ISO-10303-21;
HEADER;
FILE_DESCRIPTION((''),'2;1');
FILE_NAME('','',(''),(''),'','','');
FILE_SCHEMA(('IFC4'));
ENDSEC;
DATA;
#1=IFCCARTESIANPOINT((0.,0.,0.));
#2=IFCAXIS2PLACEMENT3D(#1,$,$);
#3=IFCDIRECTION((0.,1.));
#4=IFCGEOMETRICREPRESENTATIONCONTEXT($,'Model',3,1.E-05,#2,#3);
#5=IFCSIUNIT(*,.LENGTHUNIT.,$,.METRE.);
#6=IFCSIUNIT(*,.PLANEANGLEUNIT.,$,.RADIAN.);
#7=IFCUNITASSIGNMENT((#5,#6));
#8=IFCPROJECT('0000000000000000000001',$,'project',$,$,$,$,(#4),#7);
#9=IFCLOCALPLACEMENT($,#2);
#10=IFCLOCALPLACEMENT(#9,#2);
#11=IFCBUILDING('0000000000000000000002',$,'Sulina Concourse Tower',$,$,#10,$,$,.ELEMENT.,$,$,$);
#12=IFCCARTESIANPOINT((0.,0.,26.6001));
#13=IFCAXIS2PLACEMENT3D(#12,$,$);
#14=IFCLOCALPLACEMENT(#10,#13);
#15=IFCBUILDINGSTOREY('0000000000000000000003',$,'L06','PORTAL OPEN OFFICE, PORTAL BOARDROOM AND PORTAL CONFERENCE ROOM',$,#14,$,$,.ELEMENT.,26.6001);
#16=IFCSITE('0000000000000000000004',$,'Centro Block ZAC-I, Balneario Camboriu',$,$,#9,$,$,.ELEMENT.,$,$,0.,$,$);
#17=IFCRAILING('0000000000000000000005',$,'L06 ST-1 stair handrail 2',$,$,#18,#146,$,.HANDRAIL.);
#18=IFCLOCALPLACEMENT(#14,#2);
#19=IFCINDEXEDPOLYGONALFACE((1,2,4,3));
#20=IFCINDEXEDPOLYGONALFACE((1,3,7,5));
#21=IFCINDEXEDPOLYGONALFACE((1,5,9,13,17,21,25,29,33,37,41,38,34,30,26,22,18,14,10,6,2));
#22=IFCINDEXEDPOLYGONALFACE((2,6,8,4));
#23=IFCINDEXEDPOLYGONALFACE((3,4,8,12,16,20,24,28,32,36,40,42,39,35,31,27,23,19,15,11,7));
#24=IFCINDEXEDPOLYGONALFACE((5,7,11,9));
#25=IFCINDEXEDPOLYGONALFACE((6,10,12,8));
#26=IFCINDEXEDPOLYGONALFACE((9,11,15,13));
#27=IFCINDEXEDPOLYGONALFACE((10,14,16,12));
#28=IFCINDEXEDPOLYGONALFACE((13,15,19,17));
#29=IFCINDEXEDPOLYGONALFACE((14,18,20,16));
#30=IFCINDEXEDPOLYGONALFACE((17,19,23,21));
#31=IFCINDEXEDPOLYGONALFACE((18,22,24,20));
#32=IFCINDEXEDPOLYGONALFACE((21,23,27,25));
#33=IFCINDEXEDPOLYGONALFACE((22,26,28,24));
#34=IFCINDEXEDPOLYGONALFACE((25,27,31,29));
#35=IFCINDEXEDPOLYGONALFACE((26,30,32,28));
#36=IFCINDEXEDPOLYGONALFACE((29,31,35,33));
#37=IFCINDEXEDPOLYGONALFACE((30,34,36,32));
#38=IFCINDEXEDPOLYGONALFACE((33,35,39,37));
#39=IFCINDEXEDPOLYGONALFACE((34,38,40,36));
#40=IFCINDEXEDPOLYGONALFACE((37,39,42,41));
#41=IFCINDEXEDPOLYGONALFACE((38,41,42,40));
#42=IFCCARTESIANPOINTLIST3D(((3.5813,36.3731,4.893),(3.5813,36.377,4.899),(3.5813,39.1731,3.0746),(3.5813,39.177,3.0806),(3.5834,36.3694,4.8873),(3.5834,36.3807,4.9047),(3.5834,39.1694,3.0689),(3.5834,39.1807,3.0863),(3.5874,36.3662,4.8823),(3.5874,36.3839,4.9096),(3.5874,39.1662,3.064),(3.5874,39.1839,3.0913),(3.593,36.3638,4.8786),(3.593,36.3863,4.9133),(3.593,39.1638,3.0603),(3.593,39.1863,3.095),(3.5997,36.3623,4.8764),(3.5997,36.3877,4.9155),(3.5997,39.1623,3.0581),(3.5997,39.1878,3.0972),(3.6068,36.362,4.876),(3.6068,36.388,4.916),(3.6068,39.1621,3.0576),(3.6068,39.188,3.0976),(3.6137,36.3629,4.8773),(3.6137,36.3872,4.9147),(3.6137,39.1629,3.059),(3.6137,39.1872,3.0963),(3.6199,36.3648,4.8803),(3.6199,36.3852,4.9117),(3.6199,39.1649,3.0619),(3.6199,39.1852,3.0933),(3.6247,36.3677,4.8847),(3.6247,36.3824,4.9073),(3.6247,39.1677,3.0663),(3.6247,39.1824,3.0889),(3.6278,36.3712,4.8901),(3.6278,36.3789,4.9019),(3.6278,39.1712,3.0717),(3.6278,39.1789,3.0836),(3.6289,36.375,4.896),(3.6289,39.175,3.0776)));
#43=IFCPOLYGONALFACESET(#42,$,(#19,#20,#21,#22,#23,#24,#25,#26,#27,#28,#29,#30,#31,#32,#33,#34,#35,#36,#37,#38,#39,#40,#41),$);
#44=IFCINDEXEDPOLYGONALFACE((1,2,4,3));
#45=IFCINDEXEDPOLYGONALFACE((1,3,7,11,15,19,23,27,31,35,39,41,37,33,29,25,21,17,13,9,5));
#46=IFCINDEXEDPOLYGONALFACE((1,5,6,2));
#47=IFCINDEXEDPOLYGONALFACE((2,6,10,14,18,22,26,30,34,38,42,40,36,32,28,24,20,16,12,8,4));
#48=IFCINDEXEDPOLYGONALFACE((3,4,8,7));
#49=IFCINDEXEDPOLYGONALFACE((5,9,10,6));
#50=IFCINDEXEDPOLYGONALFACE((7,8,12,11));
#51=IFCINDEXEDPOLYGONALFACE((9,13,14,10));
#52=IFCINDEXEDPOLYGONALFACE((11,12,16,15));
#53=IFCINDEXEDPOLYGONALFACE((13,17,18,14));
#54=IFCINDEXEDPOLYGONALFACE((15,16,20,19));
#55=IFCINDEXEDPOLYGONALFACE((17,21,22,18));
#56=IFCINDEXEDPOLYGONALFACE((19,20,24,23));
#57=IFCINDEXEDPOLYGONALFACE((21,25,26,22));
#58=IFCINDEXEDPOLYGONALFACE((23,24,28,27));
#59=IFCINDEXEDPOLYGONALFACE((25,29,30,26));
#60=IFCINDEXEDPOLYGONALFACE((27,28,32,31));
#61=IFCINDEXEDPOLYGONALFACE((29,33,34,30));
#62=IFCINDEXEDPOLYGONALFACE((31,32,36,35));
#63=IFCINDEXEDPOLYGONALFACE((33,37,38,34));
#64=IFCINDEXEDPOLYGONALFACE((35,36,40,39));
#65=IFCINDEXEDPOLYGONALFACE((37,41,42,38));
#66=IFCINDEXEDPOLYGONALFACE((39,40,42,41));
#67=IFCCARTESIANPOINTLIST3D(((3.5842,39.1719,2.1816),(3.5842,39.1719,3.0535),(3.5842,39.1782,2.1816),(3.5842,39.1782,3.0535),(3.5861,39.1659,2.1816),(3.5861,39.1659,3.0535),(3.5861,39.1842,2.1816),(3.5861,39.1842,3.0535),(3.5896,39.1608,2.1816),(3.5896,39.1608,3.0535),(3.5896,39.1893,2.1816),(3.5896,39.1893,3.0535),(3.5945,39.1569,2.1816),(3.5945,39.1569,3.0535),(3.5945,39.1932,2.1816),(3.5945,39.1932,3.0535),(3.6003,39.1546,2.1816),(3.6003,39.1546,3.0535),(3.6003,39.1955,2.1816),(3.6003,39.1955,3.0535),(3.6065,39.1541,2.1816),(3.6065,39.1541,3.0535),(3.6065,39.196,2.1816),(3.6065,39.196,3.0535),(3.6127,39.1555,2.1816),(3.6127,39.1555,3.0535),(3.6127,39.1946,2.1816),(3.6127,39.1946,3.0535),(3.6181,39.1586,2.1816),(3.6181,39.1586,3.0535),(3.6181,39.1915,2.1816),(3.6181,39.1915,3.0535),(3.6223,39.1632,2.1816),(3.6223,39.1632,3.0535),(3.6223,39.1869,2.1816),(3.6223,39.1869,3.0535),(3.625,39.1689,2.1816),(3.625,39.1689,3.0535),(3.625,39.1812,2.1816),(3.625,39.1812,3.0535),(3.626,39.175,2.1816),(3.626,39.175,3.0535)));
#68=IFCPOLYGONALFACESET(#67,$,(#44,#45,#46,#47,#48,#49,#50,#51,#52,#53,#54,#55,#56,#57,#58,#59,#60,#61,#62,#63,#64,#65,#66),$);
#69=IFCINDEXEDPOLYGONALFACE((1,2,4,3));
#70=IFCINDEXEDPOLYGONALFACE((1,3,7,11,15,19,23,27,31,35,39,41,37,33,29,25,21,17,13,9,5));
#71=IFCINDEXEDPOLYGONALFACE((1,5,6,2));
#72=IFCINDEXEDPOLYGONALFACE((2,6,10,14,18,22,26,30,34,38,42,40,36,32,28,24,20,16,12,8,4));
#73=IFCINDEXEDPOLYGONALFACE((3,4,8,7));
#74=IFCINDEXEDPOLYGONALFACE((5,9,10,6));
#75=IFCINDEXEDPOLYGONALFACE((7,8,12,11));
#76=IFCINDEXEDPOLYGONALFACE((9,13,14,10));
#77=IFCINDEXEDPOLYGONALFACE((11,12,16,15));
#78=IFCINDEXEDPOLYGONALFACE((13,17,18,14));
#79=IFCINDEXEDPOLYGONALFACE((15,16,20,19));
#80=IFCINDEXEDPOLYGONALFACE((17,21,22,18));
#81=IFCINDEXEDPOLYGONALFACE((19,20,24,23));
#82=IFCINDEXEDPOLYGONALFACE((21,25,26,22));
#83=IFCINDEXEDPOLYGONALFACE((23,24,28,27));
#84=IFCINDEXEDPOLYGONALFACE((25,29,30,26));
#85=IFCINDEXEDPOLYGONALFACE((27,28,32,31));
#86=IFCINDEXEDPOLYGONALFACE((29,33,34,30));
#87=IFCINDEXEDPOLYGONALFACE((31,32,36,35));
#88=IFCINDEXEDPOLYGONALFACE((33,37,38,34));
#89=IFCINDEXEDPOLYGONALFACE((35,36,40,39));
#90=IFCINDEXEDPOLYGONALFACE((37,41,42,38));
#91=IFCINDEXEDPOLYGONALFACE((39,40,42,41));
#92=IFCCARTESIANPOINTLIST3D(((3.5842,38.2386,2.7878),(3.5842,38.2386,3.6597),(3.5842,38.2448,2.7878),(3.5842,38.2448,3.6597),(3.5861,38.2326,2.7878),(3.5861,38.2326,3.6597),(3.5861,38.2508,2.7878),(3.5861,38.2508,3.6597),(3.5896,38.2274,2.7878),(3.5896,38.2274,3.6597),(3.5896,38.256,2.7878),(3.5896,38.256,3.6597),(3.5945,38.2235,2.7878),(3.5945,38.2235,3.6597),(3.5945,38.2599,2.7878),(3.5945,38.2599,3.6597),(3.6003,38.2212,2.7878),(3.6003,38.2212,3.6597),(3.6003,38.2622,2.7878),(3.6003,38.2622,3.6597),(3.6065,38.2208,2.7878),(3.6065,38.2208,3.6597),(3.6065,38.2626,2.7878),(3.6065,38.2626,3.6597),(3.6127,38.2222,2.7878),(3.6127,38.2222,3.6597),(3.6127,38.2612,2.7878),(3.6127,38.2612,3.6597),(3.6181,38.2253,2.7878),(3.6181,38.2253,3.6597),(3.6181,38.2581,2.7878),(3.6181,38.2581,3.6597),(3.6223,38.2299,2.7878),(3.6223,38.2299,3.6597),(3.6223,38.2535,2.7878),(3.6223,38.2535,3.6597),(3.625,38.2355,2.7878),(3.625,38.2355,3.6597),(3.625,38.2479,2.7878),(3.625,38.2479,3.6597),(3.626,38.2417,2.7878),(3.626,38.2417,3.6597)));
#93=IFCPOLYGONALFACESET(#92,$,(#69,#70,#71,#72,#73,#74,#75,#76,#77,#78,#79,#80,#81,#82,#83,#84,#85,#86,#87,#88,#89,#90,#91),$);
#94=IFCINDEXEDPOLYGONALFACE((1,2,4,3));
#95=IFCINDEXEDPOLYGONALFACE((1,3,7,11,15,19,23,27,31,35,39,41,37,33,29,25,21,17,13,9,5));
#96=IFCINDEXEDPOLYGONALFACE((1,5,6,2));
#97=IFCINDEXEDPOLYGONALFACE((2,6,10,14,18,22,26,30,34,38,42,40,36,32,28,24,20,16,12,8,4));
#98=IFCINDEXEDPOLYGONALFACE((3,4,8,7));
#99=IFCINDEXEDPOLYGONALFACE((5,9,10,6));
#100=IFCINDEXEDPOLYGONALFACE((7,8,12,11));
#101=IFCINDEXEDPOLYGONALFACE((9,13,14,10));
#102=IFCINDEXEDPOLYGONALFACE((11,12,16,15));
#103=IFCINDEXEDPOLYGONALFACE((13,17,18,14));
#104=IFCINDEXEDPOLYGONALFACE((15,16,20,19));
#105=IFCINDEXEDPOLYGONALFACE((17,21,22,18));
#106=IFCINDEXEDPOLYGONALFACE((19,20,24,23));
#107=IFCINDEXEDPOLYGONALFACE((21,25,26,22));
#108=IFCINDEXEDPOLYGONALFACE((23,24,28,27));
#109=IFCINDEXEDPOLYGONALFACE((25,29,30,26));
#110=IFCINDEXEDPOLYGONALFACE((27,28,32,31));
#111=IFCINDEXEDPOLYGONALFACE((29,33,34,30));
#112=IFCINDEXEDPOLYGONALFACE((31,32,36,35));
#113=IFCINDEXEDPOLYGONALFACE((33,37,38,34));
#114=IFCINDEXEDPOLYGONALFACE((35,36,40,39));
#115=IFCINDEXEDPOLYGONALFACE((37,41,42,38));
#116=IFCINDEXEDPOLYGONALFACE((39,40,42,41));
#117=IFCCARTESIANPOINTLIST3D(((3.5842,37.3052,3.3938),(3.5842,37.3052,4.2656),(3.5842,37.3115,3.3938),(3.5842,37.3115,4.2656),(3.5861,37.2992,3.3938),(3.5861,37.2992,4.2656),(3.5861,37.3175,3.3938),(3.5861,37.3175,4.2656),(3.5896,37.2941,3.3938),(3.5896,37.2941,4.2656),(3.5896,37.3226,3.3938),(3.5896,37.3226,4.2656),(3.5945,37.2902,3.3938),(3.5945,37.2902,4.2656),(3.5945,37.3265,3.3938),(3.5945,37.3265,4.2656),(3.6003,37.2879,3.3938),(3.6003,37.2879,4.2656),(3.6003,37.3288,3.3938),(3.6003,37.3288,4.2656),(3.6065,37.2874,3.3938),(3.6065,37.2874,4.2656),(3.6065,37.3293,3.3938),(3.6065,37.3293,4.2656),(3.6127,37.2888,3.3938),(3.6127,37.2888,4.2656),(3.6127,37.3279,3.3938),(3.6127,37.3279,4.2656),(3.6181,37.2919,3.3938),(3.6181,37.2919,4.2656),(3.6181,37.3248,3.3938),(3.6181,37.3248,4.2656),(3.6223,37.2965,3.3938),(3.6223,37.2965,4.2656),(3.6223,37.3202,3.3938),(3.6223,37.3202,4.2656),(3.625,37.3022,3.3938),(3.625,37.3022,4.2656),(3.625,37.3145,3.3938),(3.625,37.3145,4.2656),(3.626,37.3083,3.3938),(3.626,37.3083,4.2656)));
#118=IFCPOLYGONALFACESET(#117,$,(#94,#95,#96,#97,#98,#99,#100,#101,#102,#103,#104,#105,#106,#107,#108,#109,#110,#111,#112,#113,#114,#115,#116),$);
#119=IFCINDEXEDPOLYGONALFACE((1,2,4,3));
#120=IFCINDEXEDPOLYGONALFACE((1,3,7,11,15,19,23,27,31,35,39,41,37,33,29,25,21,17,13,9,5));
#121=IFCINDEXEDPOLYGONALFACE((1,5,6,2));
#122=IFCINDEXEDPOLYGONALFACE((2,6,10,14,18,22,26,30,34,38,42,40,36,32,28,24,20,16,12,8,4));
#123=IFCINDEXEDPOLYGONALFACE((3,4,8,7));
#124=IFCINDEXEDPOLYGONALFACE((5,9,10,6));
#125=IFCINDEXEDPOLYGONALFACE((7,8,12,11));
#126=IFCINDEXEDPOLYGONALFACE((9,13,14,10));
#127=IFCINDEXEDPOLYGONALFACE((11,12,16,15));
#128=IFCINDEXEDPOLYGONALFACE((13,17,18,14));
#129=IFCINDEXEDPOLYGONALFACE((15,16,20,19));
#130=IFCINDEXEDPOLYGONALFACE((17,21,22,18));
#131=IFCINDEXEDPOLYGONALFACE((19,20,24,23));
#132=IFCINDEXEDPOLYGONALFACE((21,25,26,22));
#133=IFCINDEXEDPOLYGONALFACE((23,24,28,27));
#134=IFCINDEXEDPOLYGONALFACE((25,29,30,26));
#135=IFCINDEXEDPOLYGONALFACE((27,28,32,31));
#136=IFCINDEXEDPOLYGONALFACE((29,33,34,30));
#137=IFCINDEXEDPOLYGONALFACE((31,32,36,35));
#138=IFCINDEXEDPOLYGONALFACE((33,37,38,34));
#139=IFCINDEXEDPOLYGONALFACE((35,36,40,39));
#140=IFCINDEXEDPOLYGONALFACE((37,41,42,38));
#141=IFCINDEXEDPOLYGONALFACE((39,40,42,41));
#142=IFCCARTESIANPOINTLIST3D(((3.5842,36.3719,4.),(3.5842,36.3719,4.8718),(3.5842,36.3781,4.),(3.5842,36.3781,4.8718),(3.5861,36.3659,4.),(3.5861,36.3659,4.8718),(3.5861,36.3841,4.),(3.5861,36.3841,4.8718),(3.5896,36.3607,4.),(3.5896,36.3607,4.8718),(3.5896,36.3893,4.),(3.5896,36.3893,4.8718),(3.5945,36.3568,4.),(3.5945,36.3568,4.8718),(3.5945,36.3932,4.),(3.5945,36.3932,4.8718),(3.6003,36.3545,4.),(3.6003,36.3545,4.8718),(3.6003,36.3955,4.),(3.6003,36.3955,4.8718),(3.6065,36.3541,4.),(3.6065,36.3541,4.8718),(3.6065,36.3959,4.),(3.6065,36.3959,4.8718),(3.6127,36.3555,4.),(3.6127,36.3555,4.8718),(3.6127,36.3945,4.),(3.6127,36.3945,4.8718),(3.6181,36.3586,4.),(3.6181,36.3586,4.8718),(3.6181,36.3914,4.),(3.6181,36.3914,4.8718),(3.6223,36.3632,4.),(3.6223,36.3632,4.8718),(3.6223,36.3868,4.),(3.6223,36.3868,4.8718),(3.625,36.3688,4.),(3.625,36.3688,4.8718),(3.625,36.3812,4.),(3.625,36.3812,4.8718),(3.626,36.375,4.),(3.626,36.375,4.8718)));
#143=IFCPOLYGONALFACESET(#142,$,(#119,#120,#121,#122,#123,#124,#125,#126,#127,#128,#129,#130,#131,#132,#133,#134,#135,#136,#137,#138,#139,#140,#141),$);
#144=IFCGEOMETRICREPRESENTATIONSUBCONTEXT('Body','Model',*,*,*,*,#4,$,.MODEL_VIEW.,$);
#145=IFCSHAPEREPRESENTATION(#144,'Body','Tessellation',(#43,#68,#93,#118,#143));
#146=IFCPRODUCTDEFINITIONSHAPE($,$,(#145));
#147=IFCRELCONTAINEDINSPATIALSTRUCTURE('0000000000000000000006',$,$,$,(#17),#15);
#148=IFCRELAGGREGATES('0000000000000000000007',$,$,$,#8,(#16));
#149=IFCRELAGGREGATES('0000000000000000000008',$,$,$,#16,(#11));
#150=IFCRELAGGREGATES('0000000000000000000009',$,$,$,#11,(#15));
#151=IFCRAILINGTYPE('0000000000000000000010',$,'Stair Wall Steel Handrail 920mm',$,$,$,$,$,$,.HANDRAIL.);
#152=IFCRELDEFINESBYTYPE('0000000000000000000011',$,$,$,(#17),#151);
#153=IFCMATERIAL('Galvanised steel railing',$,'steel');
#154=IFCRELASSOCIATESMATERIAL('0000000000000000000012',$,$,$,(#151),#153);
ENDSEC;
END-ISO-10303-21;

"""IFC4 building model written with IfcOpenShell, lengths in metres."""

from ifc_helpers import new_model, si_unit, direction, frame, origin, origin_2d, place, context, subcontext, project, spatial, circle, extrude, material, type_object, element, save


model = new_model("IFC4")

# Units and contexts
model_context = context("Model", 3, precision=1e-05, world=origin(), true_north=direction((0.0, 1.0)))
body_context = subcontext(model_context, "Body", "Model", "MODEL_VIEW")
ifc_project = project(units=[si_unit("LENGTHUNIT", "METRE"), si_unit("PLANEANGLEUNIT", "RADIAN")], contexts=[model_context])

# Site, building, storey
site_placement = place(None, origin())
site = spatial("IfcSite", under=ifc_project, at=site_placement, Name="Centro Block ZAC-I, Balneario Camboriu", CompositionType="ELEMENT", RefElevation=0.0)
building_placement = place(site_placement, origin())
building = spatial("IfcBuilding", under=site, at=building_placement, Name="Sulina Concourse Tower", CompositionType="ELEMENT")
storey_placement = place(building_placement, frame((0.0, 0.0, 26.6001)))
storey = spatial("IfcBuildingStorey", under=building, at=storey_placement, Name="L06", Description="PORTAL OPEN OFFICE, PORTAL BOARDROOM AND PORTAL CONFERENCE ROOM", CompositionType="ELEMENT", Elevation=26.6001)

# Railing
ifc_material_1 = material(Name="Galvanised steel railing", Category="steel")
railing_type_1 = type_object("IfcRailingType", Name="Stair Wall Steel Handrail 920mm", PredefinedType="HANDRAIL", material=ifc_material_1)
railing_1_placement = place(storey_placement, frame((3.605, 39.175, 2.1816)))
element("IfcRailing", 1, at=railing_1_placement, inside=storey, type_object=railing_type_1, Name="L06 ST-1 stair handrail 2", PredefinedType="HANDRAIL", context=body_context, shape_type="SweptSolid", body=[
    extrude(circle(Radius=0.0239, at=origin_2d()), frame((0.0, 0.0, 0.896), z_axis=(0.0, -0.838672, 0.544636), x_axis=(1.0, 0.0, 0.0)), (0.0, 0.0, 1.0), 3.3386),
    extrude(circle(Radius=0.021, at=origin_2d()), origin(), (0.0, 0.0, 1.0), 0.8718),
    extrude(circle(Radius=0.021, at=origin_2d()), frame((0.0, -0.9333, 0.6062)), (0.0, 0.0, 1.0), 0.8718),
    extrude(circle(Radius=0.021, at=origin_2d()), frame((0.0, -1.8667, 1.2122)), (0.0, 0.0, 1.0), 0.8718),
    extrude(circle(Radius=0.021, at=origin_2d()), frame((0.0, -2.8, 1.8184)), (0.0, 0.0, 1.0), 0.8718),
])

save(model, "model.ifc")
